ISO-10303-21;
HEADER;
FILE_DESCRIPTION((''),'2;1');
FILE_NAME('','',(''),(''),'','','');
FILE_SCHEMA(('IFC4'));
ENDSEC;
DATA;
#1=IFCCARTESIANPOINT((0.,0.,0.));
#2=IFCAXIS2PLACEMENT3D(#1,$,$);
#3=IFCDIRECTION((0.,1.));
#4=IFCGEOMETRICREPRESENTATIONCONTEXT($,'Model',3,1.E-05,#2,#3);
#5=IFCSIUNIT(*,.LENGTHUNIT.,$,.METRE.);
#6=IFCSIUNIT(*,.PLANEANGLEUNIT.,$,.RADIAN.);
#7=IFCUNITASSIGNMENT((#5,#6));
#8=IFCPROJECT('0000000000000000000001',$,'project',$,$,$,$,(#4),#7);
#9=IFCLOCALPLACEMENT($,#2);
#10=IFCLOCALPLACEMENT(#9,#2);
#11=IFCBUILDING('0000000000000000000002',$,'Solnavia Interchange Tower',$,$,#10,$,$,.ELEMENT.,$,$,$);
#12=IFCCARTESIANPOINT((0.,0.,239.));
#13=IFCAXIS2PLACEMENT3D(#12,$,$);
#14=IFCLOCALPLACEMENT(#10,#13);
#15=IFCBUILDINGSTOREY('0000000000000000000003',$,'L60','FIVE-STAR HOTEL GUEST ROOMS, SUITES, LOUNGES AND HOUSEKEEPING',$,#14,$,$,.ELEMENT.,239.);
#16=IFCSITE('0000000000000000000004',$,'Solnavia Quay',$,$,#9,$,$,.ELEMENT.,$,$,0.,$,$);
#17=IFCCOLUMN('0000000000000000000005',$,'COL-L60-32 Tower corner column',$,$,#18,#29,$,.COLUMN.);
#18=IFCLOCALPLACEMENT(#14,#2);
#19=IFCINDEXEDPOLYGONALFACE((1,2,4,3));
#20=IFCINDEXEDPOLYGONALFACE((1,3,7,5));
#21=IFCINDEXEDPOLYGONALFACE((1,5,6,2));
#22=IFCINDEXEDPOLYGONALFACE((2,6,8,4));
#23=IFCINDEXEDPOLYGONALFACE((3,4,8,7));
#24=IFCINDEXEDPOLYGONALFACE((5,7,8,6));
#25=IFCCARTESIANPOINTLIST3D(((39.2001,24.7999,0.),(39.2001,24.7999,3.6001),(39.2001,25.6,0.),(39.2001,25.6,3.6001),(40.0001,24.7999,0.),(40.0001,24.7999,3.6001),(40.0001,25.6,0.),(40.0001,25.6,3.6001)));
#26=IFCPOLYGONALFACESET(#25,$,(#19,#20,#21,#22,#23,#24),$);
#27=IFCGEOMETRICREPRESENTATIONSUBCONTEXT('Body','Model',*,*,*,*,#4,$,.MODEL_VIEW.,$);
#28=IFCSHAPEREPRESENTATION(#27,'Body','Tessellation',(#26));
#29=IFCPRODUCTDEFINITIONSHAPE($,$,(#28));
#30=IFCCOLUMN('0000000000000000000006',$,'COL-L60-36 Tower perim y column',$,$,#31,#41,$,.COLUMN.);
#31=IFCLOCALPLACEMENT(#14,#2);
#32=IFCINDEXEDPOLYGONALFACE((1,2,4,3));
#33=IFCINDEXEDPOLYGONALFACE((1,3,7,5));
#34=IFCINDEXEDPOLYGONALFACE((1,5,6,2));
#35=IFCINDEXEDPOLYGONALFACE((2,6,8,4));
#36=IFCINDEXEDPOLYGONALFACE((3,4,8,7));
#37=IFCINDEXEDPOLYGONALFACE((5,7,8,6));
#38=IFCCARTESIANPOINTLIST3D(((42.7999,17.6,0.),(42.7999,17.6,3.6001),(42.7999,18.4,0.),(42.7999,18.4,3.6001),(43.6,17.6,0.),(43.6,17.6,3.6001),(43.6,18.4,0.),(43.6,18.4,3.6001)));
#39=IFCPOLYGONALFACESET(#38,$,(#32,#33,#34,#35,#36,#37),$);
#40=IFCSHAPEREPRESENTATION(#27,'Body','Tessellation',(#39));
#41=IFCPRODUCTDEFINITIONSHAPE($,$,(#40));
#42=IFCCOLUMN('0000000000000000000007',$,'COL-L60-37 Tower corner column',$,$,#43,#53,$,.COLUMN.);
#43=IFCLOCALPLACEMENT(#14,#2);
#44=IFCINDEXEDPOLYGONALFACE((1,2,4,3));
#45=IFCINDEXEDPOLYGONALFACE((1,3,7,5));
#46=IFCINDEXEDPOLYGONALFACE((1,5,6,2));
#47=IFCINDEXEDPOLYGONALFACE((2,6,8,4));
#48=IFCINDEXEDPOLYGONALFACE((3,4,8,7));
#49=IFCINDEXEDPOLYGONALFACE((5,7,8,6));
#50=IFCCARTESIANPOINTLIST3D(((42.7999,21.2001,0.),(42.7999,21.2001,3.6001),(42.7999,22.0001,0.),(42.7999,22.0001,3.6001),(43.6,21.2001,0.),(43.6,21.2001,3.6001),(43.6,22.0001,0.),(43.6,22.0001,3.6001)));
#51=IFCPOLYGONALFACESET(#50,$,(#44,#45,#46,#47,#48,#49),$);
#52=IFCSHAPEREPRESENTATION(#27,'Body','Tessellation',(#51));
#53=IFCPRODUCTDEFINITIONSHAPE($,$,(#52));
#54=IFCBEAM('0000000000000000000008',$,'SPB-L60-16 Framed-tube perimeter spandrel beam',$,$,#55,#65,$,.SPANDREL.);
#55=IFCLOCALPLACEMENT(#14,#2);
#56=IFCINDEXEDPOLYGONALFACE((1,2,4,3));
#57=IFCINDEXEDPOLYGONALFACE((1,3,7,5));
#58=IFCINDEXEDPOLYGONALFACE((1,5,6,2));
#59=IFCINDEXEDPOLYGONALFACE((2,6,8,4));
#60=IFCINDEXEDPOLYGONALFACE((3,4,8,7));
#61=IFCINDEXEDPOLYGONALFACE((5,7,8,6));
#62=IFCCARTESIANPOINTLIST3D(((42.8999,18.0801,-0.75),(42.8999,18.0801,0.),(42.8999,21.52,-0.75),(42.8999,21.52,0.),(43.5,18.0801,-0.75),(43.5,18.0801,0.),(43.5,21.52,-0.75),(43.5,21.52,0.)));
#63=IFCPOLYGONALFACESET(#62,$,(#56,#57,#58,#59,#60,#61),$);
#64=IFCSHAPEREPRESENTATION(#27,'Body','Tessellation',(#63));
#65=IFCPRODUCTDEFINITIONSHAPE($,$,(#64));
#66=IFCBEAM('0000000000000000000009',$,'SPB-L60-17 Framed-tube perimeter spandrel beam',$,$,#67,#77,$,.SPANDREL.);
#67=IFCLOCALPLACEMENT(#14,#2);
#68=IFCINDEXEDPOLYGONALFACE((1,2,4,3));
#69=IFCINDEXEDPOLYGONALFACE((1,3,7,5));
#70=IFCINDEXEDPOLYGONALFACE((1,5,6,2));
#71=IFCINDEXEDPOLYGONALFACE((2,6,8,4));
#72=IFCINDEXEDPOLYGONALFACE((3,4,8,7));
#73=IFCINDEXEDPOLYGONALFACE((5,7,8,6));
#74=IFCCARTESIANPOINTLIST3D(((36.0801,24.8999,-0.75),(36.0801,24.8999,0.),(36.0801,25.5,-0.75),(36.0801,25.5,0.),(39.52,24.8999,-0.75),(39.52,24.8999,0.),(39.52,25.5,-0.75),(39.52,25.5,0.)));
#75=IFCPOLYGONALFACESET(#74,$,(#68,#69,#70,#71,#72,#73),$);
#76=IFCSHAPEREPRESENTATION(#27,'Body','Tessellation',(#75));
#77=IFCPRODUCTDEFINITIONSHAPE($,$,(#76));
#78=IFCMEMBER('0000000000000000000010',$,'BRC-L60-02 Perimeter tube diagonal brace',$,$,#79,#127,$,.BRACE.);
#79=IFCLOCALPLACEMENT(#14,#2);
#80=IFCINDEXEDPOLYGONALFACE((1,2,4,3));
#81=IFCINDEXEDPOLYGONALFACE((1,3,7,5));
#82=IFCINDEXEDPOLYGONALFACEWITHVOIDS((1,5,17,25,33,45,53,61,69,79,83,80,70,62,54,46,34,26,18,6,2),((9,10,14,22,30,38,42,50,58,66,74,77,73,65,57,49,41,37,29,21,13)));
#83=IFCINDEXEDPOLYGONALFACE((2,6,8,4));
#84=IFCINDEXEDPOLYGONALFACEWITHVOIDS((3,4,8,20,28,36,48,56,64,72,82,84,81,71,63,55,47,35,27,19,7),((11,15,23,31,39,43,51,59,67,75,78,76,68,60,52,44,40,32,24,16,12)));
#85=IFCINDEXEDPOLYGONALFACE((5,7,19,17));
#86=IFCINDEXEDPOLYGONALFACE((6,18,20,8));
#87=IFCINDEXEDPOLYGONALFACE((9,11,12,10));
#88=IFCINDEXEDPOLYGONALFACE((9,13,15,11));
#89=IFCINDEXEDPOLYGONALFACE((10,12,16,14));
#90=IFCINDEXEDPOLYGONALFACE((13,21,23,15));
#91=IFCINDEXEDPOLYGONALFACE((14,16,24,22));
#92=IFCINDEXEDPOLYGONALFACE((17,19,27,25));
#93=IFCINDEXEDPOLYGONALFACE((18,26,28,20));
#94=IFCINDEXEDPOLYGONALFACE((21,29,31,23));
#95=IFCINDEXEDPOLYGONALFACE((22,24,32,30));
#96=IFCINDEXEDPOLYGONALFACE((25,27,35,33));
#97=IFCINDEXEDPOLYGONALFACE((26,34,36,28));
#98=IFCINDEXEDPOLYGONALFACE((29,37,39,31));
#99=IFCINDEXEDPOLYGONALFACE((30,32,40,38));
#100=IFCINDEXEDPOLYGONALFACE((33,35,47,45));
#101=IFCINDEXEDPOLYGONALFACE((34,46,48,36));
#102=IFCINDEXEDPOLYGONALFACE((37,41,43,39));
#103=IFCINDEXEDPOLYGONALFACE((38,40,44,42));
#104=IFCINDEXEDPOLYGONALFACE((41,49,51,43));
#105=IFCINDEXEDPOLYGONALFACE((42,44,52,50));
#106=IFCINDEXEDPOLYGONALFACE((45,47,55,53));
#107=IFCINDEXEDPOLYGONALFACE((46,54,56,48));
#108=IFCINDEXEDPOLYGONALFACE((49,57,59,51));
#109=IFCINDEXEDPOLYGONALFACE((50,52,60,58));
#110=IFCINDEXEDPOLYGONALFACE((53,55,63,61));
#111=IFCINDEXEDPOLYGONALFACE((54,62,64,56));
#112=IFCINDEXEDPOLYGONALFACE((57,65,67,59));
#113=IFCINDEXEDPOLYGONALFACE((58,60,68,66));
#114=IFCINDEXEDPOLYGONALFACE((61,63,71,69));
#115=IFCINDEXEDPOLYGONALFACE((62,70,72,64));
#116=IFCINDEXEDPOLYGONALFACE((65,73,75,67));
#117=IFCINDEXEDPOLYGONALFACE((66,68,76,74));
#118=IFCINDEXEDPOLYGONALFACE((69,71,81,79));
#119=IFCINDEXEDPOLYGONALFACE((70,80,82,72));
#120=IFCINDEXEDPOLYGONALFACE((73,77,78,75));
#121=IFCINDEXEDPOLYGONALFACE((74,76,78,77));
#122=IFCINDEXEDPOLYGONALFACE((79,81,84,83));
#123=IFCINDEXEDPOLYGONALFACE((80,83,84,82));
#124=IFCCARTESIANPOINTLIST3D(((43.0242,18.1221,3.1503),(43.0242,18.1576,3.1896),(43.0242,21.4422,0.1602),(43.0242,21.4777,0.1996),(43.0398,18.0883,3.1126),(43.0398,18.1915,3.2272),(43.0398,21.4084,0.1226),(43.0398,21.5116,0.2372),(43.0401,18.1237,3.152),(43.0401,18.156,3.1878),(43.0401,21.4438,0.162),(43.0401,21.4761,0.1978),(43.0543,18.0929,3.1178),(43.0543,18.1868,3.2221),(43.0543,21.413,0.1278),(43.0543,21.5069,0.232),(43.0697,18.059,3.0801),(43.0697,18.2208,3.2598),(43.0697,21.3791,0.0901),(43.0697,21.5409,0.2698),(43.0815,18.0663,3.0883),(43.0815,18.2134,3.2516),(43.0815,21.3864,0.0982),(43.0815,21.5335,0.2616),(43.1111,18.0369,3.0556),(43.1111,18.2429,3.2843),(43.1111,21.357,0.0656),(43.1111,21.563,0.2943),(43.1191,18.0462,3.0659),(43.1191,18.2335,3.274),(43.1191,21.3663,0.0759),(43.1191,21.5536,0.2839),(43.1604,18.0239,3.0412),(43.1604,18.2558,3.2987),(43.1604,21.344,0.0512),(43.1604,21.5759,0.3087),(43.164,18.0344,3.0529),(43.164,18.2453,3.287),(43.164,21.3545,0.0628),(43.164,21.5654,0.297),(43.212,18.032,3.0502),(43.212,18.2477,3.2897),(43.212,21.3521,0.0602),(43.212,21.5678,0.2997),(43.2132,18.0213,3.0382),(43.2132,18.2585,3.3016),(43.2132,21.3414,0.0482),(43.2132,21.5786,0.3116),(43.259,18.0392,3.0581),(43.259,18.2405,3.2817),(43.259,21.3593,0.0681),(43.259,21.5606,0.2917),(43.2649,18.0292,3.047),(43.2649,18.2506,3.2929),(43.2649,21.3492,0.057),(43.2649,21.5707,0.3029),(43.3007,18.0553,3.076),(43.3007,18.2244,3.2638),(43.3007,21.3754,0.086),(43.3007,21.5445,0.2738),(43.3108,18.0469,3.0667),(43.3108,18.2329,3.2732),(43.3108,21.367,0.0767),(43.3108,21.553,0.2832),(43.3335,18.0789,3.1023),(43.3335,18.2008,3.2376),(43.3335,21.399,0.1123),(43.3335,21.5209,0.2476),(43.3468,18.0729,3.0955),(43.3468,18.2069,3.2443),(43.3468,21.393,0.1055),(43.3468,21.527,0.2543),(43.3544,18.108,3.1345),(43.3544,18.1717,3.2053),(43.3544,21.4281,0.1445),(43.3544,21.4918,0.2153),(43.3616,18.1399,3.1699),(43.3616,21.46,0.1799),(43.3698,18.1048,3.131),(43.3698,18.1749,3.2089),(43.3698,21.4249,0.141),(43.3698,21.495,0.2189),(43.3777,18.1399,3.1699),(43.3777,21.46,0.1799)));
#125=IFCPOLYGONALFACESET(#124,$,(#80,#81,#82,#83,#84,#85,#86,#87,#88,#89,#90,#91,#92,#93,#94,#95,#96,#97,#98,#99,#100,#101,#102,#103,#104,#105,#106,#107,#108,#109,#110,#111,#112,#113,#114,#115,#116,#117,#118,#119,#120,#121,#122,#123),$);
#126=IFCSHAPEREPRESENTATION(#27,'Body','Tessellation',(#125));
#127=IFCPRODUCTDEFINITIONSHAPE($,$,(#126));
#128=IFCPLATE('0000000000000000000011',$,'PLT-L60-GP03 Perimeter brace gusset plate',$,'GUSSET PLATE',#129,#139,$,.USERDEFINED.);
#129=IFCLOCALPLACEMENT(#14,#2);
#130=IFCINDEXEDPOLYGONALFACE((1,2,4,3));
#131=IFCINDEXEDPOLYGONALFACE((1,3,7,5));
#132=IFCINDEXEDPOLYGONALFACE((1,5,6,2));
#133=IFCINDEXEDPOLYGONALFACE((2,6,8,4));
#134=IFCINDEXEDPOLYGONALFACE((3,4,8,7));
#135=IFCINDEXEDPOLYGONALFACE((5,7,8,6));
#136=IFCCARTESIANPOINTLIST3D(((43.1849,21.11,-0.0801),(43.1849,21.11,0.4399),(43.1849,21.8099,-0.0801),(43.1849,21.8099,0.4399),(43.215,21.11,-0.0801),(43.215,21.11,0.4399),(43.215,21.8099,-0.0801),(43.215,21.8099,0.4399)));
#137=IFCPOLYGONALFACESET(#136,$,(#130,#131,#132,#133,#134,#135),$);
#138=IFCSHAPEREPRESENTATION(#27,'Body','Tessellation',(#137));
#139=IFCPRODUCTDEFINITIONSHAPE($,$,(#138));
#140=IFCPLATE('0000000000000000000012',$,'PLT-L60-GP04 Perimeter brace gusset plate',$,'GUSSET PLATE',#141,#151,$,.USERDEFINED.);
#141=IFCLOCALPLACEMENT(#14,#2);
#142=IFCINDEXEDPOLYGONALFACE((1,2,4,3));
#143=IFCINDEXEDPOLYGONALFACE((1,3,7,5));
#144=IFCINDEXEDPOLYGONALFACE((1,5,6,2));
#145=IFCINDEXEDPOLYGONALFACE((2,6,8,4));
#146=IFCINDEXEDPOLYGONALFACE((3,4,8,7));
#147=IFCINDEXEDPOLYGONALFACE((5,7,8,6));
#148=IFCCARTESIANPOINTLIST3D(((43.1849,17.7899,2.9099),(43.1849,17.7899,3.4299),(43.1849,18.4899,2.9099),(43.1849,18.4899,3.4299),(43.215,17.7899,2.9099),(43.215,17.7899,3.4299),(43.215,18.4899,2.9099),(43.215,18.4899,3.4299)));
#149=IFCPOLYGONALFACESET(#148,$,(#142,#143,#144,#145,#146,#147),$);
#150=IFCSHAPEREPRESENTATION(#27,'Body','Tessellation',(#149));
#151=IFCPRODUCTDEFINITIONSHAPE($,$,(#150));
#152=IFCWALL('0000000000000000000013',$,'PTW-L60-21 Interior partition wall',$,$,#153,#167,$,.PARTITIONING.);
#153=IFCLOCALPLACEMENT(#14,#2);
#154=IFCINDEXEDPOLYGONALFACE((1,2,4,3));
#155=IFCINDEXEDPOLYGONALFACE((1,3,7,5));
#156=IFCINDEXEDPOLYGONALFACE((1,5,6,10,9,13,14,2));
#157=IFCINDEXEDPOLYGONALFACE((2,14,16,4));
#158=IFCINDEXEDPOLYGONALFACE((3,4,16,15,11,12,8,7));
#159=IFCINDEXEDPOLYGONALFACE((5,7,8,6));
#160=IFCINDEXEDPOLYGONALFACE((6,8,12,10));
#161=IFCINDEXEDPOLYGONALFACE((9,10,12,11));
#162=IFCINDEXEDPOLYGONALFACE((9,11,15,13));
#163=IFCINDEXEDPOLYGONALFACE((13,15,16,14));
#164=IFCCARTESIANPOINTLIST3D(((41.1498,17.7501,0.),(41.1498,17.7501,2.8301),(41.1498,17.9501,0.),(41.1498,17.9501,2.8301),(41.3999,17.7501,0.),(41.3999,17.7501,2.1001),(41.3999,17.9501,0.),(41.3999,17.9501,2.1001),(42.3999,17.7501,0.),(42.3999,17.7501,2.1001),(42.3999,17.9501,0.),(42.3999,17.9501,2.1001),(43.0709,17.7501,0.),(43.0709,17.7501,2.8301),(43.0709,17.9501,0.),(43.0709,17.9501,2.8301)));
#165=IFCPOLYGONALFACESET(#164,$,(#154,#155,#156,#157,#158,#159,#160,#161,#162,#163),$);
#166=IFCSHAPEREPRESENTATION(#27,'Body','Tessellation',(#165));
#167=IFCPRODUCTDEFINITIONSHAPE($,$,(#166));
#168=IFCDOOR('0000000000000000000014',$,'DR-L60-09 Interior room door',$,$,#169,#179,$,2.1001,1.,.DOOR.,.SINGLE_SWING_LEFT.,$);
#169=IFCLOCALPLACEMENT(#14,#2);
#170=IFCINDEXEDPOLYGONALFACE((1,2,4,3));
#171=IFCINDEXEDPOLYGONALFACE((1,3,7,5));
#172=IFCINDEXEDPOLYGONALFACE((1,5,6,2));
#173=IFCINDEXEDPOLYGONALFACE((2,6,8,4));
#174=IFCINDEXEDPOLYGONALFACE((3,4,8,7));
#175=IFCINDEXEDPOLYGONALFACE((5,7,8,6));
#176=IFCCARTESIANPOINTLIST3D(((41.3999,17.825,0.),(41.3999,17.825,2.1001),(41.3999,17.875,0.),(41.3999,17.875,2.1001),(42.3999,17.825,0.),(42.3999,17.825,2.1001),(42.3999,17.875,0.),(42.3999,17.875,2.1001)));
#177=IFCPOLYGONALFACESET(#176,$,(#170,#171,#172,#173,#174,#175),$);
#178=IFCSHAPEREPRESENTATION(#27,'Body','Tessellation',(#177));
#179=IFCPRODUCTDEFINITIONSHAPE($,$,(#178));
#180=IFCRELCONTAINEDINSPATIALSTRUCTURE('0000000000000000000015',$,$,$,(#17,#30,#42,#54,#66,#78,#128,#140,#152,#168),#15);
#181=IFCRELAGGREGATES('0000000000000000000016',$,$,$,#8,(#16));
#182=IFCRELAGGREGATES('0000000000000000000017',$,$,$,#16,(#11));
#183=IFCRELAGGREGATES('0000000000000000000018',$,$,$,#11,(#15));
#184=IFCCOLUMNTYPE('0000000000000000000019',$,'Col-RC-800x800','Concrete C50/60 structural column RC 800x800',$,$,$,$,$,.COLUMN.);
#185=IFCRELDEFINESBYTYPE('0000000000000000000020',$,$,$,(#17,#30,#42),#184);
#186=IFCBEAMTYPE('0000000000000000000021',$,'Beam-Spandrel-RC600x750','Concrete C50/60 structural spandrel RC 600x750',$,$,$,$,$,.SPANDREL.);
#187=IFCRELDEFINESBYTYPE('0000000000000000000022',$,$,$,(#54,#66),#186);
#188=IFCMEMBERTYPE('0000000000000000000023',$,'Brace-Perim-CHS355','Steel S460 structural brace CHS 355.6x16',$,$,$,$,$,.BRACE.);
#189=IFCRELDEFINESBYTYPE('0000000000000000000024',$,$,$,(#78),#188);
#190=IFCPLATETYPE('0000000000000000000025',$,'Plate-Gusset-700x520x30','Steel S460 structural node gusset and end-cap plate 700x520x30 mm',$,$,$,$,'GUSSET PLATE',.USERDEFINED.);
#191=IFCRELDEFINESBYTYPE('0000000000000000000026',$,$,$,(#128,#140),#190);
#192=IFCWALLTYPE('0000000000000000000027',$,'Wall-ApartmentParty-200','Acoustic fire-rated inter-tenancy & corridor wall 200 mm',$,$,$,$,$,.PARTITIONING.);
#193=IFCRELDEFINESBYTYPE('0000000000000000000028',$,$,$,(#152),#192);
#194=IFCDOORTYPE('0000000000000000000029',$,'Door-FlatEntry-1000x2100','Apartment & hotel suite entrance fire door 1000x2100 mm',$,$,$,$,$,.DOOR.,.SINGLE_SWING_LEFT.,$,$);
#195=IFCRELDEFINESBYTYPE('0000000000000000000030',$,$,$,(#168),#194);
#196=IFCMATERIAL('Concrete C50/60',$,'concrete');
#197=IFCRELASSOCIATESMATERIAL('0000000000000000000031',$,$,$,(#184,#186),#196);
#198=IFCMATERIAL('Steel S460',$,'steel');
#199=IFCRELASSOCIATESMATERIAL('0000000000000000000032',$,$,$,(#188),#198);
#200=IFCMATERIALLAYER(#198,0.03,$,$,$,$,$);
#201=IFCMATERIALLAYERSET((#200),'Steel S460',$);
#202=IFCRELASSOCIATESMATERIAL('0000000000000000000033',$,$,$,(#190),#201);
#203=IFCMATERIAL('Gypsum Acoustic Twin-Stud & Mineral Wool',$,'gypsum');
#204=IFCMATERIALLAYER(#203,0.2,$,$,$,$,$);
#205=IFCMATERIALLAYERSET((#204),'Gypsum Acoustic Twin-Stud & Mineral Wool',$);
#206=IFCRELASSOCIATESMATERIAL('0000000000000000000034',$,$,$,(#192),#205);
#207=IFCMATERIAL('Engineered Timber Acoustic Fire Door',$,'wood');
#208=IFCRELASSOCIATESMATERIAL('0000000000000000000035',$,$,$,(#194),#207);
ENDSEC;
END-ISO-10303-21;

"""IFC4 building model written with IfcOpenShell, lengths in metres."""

from ifc_helpers import new_model, si_unit, direction, frame, frame_2d, origin, origin_2d, place, context, subcontext, project, spatial, rectangle, hollow_circle, extrude, material, layer, layer_set, material_profile, profile_set, type_object, element, fill, save


model = new_model("IFC4")

# Units and contexts
model_context = context("Model", 3, precision=1e-05, world=origin(), true_north=direction((0.0, 1.0)))
body_context = subcontext(model_context, "Body", "Model", "MODEL_VIEW")
ifc_project = project(units=[si_unit("LENGTHUNIT", "METRE"), si_unit("PLANEANGLEUNIT", "RADIAN")], contexts=[model_context])

# Site, building, storey
site_placement = place(None, origin())
site = spatial("IfcSite", under=ifc_project, at=site_placement, Name="Solnavia Quay", CompositionType="ELEMENT", RefElevation=0.0)
building_placement = place(site_placement, origin())
building = spatial("IfcBuilding", under=site, at=building_placement, Name="Solnavia Interchange Tower", CompositionType="ELEMENT")
storey_placement = place(building_placement, frame((0.0, 0.0, 239.0)))
storey = spatial("IfcBuildingStorey", under=building, at=storey_placement, Name="L60", Description="FIVE-STAR HOTEL GUEST ROOMS, SUITES, LOUNGES AND HOUSEKEEPING", CompositionType="ELEMENT", Elevation=239.0)

# Columns
ifc_material_1 = material(Name="Concrete C50/60", Category="concrete")
ifc_material_profile_1 = material_profile(ifc_material_1, rectangle(XDim=0.8, YDim=0.8, at=origin_2d()), Name="RC 800x800")
ifc_profile_set_1 = profile_set([ifc_material_profile_1], Name="Concrete C50/60")
column_type = type_object("IfcColumnType", Name="Col-RC-800x800", Description="Concrete C50/60 structural column RC 800x800", PredefinedType="COLUMN", material=ifc_profile_set_1)
for number, where, z_axis, x_axis, name in (
    (1, (39.6001, 25.2, 0.0), (0.0, 0.0, 1.0), (1.0, 0.0, 0.0), "COL-L60-32 Tower corner column"),
    (2, (43.2, 18.0, 0.0), (0.0, 0.0, 1.0), (0.0, 1.0, 0.0), "COL-L60-36 Tower perim y column"),
    (3, (43.2, 21.6001, 0.0), (0.0, 0.0, 1.0), (0.0, 1.0, 0.0), "COL-L60-37 Tower corner column"),
):
    element("IfcColumn", number, at=place(storey_placement, frame(where, z_axis=z_axis, x_axis=x_axis)), inside=storey, type_object=column_type, Name=name, PredefinedType="COLUMN", context=body_context, shape_type="SweptSolid", body=[
        extrude(rectangle(XDim=0.8, YDim=0.8, at=origin_2d()), origin(), (0.0, 0.0, 1.0), 3.6001),
    ])

# Beams
ifc_material_profile_2 = material_profile(ifc_material_1, rectangle(XDim=0.6001, YDim=0.75, at=origin_2d()), Name="RC 600x750")
ifc_profile_set_2 = profile_set([ifc_material_profile_2], Name="Concrete C50/60")
beam_type = type_object("IfcBeamType", Name="Beam-Spandrel-RC600x750", Description="Concrete C50/60 structural spandrel RC 600x750", PredefinedType="SPANDREL", material=ifc_profile_set_2)
for number, where, z_axis, x_axis, name in (
    (4, (43.2, 18.0801, -0.375), (0.0, 1.0, 0.0), (-1.0, 0.0, 0.0), "SPB-L60-16 Framed-tube perimeter spandrel beam"),
    (5, (39.52, 25.2, -0.375), (-1.0, 0.0, 0.0), (0.0, -1.0, 0.0), "SPB-L60-17 Framed-tube perimeter spandrel beam"),
):
    element("IfcBeam", number, at=place(storey_placement, frame(where, z_axis=z_axis, x_axis=x_axis)), inside=storey, type_object=beam_type, Name=name, PredefinedType="SPANDREL", context=body_context, shape_type="SweptSolid", body=[
        extrude(rectangle(XDim=0.6001, YDim=0.75, at=origin_2d()), origin(), (0.0, 0.0, 1.0), 3.4399),
    ])

# Member
ifc_material_2 = material(Name="Steel S460", Category="steel")
ifc_material_profile_3 = material_profile(ifc_material_2, hollow_circle(Radius=0.1777, WallThickness=0.0161, at=origin_2d()), Name="CHS 355.6x16")
ifc_profile_set_3 = profile_set([ifc_material_profile_3], Name="Steel S460")
member_type = type_object("IfcMemberType", Name="Brace-Perim-CHS355", Description="Steel S460 structural brace CHS 355.6x16", PredefinedType="BRACE", material=ifc_profile_set_3)
member_placement = place(storey_placement, frame((43.2, 21.46, 0.1799), z_axis=(0.0, -0.743079, 0.669203), x_axis=(1.0, 0.0, 0.0)))
element("IfcMember", 6, at=member_placement, inside=storey, type_object=member_type, Name="BRC-L60-02 Perimeter tube diagonal brace", PredefinedType="BRACE", context=body_context, shape_type="SweptSolid", body=[
    extrude(hollow_circle(Radius=0.1777, WallThickness=0.0161, at=origin_2d()), origin(), (0.0, 0.0, 1.0), 4.468),
])

# Plates
ifc_layer_1 = layer(ifc_material_2, 0.03)
ifc_layer_set_1 = layer_set([ifc_layer_1], Name="Steel S460")
plate_type = type_object("IfcPlateType", Name="Plate-Gusset-700x520x30", Description="Steel S460 structural node gusset and end-cap plate 700x520x30 mm", ElementType="GUSSET PLATE", PredefinedType="USERDEFINED", material=ifc_layer_set_1)
for number, where, z_axis, x_axis, name in (
    (7, (43.2, 21.46, -0.0801), (0.0, 0.0, 1.0), (0.0, -1.0, 0.0), "PLT-L60-GP03 Perimeter brace gusset plate"),
    (8, (43.2, 18.1399, 2.9099), (0.0, 0.0, 1.0), (0.0, -1.0, 0.0), "PLT-L60-GP04 Perimeter brace gusset plate"),
):
    element("IfcPlate", number, at=place(storey_placement, frame(where, z_axis=z_axis, x_axis=x_axis)), inside=storey, type_object=plate_type, Name=name, ObjectType="GUSSET PLATE", PredefinedType="USERDEFINED", context=body_context, shape_type="SweptSolid", body=[
        extrude(rectangle(XDim=0.7, YDim=0.03, at=origin_2d()), origin(), (0.0, 0.0, 1.0), 0.52),
    ])

# Wall, opening, door
ifc_material_3 = material(Name="Gypsum Acoustic Twin-Stud & Mineral Wool", Category="gypsum")
ifc_layer_2 = layer(ifc_material_3, 0.2)
ifc_layer_set_2 = layer_set([ifc_layer_2], Name="Gypsum Acoustic Twin-Stud & Mineral Wool")
wall_type_1 = type_object("IfcWallType", Name="Wall-ApartmentParty-200", Description="Acoustic fire-rated inter-tenancy & corridor wall 200 mm", PredefinedType="PARTITIONING", material=ifc_layer_set_2)
wall_1_placement = place(storey_placement, frame((41.1499, 17.8501, 0.0), z_axis=(0.0, 0.0, 1.0), x_axis=(1.0, 0.0, 0.0)))
wall_1 = element("IfcWall", 9, at=wall_1_placement, inside=storey, type_object=wall_type_1, Name="PTW-L60-21 Interior partition wall", PredefinedType="PARTITIONING", context=body_context, shape_type="SweptSolid", body=[
    extrude(rectangle(XDim=1.9211, YDim=0.2, at=frame_2d((0.9604, 0.0))), origin(), (0.0, 0.0, 1.0), 2.8301),
])
opening_1_placement = place(wall_1_placement, frame((0.25, 0.0, 0.0)))
opening_1 = element("IfcOpeningElement", 10, at=opening_1_placement, cuts=wall_1, PredefinedType="OPENING", context=body_context, shape_type="SweptSolid", body=[
    extrude(rectangle(XDim=1.0, YDim=2.1001, at=frame_2d((0.5, 1.05))), frame((0.0, 0.1099, 0.0), z_axis=(0.0, -1.0, 0.0), x_axis=(1.0, 0.0, 0.0)), (0.0, 0.0, 1.0), 0.22),
])
ifc_material_4 = material(Name="Engineered Timber Acoustic Fire Door", Category="wood")
door_type_1 = type_object("IfcDoorType", Name="Door-FlatEntry-1000x2100", Description="Apartment & hotel suite entrance fire door 1000x2100 mm", OperationType="SINGLE_SWING_LEFT", PredefinedType="DOOR", material=ifc_material_4)
door_1_placement = place(opening_1_placement, origin())
door_1 = element("IfcDoor", 11, at=door_1_placement, inside=storey, type_object=door_type_1, Name="DR-L60-09 Interior room door", OperationType="SINGLE_SWING_LEFT", OverallHeight=2.1001, OverallWidth=1.0, PredefinedType="DOOR", context=body_context, shape_type="SweptSolid", body=[
    extrude(rectangle(XDim=1.0, YDim=2.1001, at=frame_2d((0.5, 1.05))), frame((0.0, 0.0249, 0.0), z_axis=(0.0, -1.0, 0.0), x_axis=(1.0, 0.0, 0.0)), (0.0, 0.0, 1.0), 0.05),
])
fill(opening_1, door_1)

save(model, "model.ifc")
